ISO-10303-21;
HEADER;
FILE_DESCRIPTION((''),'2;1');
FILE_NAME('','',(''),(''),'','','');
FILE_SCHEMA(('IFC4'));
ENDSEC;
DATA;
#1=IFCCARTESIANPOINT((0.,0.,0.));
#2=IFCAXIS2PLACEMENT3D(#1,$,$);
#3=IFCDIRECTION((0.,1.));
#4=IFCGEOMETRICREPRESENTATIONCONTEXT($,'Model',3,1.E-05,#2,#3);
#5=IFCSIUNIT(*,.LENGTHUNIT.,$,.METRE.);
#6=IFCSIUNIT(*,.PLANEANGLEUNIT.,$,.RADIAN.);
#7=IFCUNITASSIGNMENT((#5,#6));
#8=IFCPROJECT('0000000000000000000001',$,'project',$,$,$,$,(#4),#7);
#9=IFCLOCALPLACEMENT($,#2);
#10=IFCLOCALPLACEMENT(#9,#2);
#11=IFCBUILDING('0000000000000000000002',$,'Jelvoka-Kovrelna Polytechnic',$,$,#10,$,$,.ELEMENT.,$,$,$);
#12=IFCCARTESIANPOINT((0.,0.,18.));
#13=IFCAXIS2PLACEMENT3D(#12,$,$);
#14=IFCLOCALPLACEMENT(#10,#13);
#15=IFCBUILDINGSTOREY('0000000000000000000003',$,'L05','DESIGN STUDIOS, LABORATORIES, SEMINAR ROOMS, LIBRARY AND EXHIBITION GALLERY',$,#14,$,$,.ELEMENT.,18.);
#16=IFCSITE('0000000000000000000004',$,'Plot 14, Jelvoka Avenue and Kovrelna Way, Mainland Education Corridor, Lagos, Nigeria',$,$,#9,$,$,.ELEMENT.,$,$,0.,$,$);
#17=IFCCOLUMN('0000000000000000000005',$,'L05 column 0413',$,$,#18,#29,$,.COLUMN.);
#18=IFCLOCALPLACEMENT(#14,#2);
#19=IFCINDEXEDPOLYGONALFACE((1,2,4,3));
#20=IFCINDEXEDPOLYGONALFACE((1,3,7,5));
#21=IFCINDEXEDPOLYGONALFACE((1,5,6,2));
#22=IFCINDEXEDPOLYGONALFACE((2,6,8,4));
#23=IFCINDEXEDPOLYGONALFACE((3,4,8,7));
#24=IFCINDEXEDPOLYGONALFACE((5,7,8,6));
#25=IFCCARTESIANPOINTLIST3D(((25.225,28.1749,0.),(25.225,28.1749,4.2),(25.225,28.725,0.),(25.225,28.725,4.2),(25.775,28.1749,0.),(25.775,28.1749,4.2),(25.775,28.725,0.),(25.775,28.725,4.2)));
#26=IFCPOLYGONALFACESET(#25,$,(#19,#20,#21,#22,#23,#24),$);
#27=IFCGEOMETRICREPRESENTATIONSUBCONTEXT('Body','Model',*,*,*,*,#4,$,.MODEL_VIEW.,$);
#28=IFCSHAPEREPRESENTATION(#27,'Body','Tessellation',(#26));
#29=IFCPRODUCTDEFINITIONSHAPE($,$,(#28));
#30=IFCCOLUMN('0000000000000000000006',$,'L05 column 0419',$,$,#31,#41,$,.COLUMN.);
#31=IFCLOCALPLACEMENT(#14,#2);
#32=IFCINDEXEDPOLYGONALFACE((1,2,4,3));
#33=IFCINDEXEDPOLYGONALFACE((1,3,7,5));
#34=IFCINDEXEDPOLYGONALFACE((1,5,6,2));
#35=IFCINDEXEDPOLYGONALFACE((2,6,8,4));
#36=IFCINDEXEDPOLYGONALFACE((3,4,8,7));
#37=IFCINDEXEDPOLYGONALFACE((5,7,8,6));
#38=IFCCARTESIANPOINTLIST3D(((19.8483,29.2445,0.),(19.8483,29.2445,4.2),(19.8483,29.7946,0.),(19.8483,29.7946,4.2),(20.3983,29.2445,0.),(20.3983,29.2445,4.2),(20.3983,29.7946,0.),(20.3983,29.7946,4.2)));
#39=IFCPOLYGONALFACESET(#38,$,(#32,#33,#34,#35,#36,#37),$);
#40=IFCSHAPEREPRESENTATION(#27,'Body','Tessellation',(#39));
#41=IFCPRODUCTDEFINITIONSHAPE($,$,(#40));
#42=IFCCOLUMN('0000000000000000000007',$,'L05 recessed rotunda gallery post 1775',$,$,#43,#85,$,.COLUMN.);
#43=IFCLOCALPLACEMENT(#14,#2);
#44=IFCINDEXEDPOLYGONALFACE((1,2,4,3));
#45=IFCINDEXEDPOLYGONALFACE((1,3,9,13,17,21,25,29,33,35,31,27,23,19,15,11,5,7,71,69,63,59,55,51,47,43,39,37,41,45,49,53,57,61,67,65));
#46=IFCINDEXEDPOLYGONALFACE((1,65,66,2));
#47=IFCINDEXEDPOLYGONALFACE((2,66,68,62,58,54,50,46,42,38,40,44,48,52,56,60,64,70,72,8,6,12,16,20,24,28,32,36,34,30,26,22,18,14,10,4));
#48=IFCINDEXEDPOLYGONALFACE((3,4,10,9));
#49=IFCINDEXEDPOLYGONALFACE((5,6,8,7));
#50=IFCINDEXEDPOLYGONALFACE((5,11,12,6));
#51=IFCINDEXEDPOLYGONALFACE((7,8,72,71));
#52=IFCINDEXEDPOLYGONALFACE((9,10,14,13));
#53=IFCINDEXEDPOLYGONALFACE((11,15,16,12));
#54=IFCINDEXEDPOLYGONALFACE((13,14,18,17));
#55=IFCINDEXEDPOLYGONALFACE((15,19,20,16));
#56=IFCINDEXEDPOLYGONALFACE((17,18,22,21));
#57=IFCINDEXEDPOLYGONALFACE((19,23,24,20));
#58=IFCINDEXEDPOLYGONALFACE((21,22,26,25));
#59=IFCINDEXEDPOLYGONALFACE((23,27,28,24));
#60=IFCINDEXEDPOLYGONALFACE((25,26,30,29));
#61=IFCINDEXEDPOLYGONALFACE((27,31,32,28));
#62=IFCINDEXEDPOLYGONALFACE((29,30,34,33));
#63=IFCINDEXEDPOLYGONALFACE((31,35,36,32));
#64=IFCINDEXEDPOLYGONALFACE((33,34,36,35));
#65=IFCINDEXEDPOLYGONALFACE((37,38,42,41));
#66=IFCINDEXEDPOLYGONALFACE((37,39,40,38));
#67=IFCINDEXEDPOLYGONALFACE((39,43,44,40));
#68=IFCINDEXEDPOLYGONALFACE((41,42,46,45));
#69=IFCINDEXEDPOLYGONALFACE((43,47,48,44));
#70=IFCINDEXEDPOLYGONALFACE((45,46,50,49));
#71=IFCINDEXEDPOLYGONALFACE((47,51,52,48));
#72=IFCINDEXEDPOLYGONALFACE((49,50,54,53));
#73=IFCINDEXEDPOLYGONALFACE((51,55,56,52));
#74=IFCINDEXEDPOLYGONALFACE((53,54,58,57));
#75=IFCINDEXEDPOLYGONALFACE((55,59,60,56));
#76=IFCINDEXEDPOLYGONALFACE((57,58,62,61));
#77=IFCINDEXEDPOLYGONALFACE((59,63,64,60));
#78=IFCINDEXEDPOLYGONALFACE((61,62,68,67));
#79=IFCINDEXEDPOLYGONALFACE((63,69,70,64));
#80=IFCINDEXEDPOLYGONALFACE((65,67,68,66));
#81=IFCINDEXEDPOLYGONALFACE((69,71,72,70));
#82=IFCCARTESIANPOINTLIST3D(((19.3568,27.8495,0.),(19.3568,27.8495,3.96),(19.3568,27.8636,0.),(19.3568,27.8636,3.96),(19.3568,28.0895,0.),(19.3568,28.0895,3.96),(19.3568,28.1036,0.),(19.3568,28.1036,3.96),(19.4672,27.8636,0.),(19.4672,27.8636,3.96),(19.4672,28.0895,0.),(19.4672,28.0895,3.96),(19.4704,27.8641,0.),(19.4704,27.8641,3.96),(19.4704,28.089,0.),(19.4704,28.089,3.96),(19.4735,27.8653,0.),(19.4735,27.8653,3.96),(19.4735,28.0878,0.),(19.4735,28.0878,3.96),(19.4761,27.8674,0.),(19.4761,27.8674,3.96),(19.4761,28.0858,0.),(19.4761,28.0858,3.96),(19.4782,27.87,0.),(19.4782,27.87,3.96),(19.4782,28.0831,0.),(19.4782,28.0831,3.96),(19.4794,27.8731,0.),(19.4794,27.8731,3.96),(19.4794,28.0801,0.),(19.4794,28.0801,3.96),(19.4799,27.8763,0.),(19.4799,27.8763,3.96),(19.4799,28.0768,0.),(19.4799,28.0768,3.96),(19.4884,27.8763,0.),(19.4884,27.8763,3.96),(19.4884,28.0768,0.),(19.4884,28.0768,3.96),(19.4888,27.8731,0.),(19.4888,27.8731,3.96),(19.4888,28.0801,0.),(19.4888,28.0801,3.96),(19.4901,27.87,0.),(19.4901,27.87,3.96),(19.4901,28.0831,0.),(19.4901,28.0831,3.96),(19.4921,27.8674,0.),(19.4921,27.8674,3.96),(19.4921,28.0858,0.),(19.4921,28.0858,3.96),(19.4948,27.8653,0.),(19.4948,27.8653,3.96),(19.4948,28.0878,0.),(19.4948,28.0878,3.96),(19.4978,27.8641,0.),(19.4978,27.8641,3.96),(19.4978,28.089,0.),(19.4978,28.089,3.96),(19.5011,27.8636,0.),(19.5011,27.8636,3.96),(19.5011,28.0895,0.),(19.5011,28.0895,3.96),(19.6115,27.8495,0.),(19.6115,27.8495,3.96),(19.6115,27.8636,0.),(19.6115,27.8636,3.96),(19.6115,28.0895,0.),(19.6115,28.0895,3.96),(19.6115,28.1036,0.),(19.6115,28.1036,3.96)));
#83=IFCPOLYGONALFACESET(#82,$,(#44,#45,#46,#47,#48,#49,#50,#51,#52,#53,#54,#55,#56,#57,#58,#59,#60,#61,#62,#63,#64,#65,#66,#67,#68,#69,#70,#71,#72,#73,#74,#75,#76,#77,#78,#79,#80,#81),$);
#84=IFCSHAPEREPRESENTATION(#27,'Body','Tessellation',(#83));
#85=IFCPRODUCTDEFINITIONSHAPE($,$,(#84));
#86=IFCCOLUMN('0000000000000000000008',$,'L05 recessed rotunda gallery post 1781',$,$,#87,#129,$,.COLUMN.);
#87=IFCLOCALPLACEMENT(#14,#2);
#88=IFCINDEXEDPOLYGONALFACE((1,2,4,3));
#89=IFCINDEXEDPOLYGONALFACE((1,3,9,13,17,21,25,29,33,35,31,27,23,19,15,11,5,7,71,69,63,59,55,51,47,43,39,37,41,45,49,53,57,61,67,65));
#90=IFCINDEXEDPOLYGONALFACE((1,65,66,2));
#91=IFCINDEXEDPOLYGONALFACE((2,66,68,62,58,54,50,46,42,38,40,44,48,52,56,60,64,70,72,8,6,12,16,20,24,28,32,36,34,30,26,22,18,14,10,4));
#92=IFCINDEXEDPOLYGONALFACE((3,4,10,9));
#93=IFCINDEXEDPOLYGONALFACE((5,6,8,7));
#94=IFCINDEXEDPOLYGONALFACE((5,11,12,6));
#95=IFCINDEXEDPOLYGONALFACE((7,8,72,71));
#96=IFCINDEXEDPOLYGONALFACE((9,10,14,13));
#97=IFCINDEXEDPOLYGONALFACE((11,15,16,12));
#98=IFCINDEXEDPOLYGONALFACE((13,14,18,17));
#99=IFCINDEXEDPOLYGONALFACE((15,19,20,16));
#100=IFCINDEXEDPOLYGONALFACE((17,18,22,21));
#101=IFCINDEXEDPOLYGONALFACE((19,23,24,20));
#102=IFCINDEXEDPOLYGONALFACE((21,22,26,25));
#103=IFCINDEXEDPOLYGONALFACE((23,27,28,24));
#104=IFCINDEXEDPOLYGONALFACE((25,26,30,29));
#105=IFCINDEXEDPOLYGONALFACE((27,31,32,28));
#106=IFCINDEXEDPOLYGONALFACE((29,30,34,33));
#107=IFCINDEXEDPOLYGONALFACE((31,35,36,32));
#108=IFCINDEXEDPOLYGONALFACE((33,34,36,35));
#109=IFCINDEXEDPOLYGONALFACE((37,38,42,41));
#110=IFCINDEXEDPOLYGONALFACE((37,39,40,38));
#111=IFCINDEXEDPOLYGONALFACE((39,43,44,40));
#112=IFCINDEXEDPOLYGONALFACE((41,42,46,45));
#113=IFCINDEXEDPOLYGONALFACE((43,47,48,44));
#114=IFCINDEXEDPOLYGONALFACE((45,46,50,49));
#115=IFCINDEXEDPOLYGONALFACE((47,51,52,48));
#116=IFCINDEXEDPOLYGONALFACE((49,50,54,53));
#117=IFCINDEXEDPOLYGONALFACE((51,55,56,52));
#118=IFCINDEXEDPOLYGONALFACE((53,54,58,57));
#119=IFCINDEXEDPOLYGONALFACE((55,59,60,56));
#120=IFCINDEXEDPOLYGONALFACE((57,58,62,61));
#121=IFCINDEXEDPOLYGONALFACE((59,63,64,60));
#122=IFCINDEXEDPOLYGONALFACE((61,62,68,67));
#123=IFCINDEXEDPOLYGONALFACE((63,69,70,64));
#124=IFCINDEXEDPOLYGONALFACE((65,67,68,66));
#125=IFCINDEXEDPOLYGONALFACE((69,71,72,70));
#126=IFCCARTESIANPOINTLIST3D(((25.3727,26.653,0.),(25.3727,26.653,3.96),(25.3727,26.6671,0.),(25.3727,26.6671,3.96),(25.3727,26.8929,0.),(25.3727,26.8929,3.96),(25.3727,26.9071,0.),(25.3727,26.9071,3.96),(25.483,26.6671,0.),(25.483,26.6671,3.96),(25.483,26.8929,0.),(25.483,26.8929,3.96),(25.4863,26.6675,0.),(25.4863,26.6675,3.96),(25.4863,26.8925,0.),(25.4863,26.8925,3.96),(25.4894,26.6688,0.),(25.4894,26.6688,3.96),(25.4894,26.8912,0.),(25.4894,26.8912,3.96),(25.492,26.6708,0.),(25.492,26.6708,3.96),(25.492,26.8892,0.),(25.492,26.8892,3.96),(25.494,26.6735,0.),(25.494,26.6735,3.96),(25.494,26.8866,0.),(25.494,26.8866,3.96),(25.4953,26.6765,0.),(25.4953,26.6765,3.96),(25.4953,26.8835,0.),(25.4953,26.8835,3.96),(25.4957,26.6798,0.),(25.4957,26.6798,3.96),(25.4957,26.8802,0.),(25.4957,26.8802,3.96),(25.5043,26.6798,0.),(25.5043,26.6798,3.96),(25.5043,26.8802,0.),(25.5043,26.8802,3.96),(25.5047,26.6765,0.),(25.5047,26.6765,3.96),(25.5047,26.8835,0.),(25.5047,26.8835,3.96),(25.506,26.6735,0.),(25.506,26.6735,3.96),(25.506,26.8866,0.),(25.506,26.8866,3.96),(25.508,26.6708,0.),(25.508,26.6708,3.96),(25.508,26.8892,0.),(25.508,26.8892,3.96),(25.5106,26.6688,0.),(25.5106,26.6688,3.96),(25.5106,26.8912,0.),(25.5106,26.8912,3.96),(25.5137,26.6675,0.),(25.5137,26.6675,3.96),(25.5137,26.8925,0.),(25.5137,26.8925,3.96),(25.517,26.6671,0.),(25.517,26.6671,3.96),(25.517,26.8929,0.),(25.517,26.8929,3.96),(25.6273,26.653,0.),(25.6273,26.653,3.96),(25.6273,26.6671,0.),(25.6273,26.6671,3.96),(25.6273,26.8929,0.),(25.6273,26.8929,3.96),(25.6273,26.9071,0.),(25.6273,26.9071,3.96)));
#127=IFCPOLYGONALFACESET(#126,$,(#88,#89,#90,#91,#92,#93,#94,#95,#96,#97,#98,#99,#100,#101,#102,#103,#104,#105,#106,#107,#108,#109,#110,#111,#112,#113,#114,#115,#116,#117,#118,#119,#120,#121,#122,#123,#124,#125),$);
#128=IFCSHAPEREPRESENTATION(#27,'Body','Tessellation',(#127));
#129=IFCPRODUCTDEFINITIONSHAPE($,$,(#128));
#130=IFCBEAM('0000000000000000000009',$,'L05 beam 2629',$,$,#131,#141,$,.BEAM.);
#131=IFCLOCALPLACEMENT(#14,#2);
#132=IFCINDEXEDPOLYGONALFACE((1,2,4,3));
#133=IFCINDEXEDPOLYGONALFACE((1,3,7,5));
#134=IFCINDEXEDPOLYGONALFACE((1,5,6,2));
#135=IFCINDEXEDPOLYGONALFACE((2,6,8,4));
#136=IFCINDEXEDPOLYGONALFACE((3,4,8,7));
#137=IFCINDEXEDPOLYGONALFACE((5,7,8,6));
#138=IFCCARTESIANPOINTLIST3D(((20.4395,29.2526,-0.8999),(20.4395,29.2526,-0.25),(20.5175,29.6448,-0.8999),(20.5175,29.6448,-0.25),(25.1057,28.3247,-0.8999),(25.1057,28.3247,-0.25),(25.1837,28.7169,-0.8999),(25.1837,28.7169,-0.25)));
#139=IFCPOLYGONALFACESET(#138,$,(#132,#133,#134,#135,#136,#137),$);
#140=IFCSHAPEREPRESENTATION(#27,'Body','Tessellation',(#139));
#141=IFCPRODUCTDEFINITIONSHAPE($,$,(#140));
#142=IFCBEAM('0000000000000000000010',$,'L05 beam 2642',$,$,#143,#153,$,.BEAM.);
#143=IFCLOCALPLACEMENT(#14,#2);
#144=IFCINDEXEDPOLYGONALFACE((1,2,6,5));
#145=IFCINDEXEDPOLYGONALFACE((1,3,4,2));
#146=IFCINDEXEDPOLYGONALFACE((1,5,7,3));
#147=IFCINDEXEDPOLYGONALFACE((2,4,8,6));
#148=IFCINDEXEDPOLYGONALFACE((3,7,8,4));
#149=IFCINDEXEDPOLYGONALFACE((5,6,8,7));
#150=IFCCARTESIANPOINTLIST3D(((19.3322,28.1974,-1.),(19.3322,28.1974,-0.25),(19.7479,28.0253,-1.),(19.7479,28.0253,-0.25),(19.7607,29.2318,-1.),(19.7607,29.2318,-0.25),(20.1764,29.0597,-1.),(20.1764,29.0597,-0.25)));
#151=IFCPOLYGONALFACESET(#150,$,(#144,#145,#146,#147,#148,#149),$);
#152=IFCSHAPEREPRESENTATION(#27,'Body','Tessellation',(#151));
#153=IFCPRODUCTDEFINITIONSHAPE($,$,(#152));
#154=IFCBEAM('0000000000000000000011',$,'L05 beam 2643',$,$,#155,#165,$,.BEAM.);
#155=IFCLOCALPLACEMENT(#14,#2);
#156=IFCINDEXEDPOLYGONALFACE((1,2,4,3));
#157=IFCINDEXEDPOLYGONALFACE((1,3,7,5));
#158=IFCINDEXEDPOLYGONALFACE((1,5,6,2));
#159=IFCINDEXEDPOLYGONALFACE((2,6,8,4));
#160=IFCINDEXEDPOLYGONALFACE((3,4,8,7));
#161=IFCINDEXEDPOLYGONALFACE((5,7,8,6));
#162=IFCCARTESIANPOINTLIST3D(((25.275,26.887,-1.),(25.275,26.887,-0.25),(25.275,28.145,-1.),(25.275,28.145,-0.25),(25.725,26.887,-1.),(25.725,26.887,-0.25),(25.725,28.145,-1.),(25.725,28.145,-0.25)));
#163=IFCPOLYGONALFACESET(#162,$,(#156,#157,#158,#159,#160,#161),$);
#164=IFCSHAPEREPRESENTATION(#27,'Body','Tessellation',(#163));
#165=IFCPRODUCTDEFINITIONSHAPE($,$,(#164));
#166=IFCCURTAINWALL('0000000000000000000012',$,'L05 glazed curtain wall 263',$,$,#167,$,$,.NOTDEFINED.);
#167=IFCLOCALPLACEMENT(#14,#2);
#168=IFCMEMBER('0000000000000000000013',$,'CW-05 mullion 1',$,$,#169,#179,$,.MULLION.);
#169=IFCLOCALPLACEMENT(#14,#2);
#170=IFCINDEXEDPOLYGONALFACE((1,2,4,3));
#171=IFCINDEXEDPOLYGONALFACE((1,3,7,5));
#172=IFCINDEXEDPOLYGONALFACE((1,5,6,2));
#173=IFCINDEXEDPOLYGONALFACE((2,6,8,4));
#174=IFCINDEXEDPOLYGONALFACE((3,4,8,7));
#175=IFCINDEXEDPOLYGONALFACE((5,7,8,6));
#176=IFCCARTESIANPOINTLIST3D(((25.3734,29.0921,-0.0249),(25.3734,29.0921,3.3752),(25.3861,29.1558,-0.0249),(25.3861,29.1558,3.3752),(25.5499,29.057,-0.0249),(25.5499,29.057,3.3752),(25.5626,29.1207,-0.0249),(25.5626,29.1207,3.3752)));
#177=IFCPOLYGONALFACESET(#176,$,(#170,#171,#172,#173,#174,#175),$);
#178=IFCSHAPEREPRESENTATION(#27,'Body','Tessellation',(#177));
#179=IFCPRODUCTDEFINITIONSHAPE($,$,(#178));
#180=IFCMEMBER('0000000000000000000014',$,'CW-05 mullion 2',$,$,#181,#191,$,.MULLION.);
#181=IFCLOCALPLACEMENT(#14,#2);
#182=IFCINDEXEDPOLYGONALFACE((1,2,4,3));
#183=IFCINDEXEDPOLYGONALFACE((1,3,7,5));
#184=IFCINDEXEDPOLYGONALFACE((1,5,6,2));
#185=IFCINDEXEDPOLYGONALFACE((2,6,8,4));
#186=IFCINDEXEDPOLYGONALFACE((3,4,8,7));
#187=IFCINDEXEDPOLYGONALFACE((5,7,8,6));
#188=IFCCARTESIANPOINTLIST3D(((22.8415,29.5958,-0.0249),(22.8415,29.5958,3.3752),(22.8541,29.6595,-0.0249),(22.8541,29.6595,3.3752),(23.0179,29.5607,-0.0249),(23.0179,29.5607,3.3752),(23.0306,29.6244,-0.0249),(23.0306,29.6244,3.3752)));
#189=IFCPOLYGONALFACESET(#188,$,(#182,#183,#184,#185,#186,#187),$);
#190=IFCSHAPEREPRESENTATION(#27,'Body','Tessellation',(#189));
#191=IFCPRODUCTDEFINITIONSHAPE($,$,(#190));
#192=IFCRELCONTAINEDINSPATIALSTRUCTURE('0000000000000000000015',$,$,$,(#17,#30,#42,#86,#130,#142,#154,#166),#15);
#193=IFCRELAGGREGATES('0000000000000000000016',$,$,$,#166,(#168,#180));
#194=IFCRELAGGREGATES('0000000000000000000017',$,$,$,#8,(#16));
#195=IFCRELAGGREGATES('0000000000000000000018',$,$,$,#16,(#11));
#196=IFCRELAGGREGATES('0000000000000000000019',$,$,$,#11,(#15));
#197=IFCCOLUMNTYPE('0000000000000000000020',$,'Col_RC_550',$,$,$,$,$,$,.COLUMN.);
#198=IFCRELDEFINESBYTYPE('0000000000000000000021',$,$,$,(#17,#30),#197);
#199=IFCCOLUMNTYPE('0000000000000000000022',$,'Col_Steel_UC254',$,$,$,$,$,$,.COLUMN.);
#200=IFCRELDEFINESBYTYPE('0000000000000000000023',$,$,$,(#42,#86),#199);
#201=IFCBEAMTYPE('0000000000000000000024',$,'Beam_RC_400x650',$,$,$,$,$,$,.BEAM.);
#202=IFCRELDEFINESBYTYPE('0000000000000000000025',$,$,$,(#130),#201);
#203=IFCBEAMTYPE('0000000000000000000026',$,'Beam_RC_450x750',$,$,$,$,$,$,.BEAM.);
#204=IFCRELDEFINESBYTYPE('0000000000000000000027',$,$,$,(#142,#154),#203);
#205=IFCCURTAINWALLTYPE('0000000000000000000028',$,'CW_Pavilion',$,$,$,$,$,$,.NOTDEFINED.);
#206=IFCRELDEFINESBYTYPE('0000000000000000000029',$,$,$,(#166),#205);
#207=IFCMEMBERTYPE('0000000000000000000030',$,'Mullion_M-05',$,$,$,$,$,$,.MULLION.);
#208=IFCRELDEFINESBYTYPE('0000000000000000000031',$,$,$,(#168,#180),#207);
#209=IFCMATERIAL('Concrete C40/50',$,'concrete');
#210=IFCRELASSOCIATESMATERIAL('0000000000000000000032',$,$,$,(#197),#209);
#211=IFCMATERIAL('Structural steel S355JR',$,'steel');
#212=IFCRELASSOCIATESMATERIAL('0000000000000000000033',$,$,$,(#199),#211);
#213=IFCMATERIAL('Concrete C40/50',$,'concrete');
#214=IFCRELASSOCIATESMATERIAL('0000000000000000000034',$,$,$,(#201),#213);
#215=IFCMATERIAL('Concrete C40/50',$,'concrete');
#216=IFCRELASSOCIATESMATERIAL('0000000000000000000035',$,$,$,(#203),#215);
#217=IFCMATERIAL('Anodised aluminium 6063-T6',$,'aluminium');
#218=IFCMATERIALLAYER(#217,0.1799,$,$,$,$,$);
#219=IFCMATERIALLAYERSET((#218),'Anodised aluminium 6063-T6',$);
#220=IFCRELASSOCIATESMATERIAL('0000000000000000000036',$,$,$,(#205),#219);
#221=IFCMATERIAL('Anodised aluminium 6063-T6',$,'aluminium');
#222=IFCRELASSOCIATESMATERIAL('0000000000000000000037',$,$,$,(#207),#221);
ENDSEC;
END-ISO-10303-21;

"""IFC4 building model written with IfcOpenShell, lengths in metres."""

from ifc_helpers import new_model, si_unit, direction, frame, origin, origin_2d, place, context, subcontext, project, spatial, rectangle, i_section, extrude, material, layer, layer_set, material_profile, profile_set, type_object, element, aggregate, save


model = new_model("IFC4")

# Units and contexts
model_context = context("Model", 3, precision=1e-05, world=origin(), true_north=direction((0.0, 1.0)))
body_context = subcontext(model_context, "Body", "Model", "MODEL_VIEW")
ifc_project = project(units=[si_unit("LENGTHUNIT", "METRE"), si_unit("PLANEANGLEUNIT", "RADIAN")], contexts=[model_context])

# Site, building, storey
site_placement = place(None, origin())
site = spatial("IfcSite", under=ifc_project, at=site_placement, Name="Plot 14, Jelvoka Avenue and Kovrelna Way, Mainland Education Corridor, Lagos, Nigeria", CompositionType="ELEMENT", RefElevation=0.0)
building_placement = place(site_placement, origin())
building = spatial("IfcBuilding", under=site, at=building_placement, Name="Jelvoka-Kovrelna Polytechnic", CompositionType="ELEMENT")
storey_placement = place(building_placement, frame((0.0, 0.0, 18.0)))
storey = spatial("IfcBuildingStorey", under=building, at=storey_placement, Name="L05", Description="DESIGN STUDIOS, LABORATORIES, SEMINAR ROOMS, LIBRARY AND EXHIBITION GALLERY", CompositionType="ELEMENT", Elevation=18.0)

# Columns
ifc_material_1 = material(Name="Concrete C40/50", Category="concrete")
ifc_material_profile_1 = material_profile(ifc_material_1, rectangle(XDim=0.55, YDim=0.55, at=origin_2d()), Name="RC 550x550")
ifc_profile_set_1 = profile_set([ifc_material_profile_1], Name="Concrete C40/50")
column_type_1 = type_object("IfcColumnType", Name="Col_RC_550", PredefinedType="COLUMN", material=ifc_profile_set_1)
for number, where, z_axis, x_axis, name in (
    (1, (25.5, 28.45, 0.0), (0.0, 0.0, 1.0), (1.0, 0.0, 0.0), "L05 column 0413"),
    (2, (20.1233, 29.5195, 0.0), (0.0, 0.0, 1.0), (1.0, 0.0, 0.0), "L05 column 0419"),
):
    element("IfcColumn", number, at=place(storey_placement, frame(where, z_axis=z_axis, x_axis=x_axis)), inside=storey, type_object=column_type_1, Name=name, PredefinedType="COLUMN", context=body_context, shape_type="SweptSolid", body=[
        extrude(rectangle(XDim=0.55, YDim=0.55, at=origin_2d()), origin(), (0.0, 0.0, 1.0), 4.2),
    ])
ifc_material_2 = material(Name="Structural steel S355JR", Category="steel")
ifc_material_profile_2 = material_profile(ifc_material_2, i_section(OverallWidth=0.2546, OverallDepth=0.2542, WebThickness=0.0085, FlangeThickness=0.0142, FilletRadius=0.0127, at=origin_2d()), Name="254x254x73 UC")
ifc_profile_set_2 = profile_set([ifc_material_profile_2], Name="Structural steel S355JR")
column_type_2 = type_object("IfcColumnType", Name="Col_Steel_UC254", PredefinedType="COLUMN", material=ifc_profile_set_2)
for number, where, z_axis, x_axis, name in (
    (3, (19.4841, 27.9766, 0.0), (0.0, 0.0, 1.0), (1.0, 0.0, 0.0), "L05 recessed rotunda gallery post 1775"),
    (4, (25.5, 26.78, 0.0), (0.0, 0.0, 1.0), (1.0, 0.0, 0.0), "L05 recessed rotunda gallery post 1781"),
):
    element("IfcColumn", number, at=place(storey_placement, frame(where, z_axis=z_axis, x_axis=x_axis)), inside=storey, type_object=column_type_2, Name=name, PredefinedType="COLUMN", context=body_context, shape_type="SweptSolid", body=[
        extrude(i_section(OverallWidth=0.2546, OverallDepth=0.2542, WebThickness=0.0085, FlangeThickness=0.0142, FilletRadius=0.0127, at=origin_2d()), origin(), (0.0, 0.0, 1.0), 3.96),
    ])

# Beams
ifc_material_3 = material(Name="Concrete C40/50", Category="concrete")
ifc_material_profile_3 = material_profile(ifc_material_3, rectangle(XDim=0.3999, YDim=0.6499, at=origin_2d()), Name="RC 400x650")
ifc_profile_set_3 = profile_set([ifc_material_profile_3], Name="Concrete C40/50")
beam_type_1 = type_object("IfcBeamType", Name="Beam_RC_400x650", PredefinedType="BEAM", material=ifc_profile_set_3)
beam_1_placement = place(storey_placement, frame((20.4785, 29.4487, -0.575), z_axis=(0.980793, -0.19505, 0.0), x_axis=(0.19505, 0.980793, 0.0)))
element("IfcBeam", 5, at=beam_1_placement, inside=storey, type_object=beam_type_1, Name="L05 beam 2629", PredefinedType="BEAM", context=body_context, shape_type="SweptSolid", body=[
    extrude(rectangle(XDim=0.3999, YDim=0.6499, at=origin_2d()), origin(), (0.0, 0.0, 1.0), 4.7576),
])
ifc_material_4 = material(Name="Concrete C40/50", Category="concrete")
ifc_material_profile_4 = material_profile(ifc_material_4, rectangle(XDim=0.45, YDim=0.75, at=origin_2d()), Name="RC 450x750")
ifc_profile_set_4 = profile_set([ifc_material_profile_4], Name="Concrete C40/50")
beam_type_2 = type_object("IfcBeamType", Name="Beam_RC_450x750", PredefinedType="BEAM", material=ifc_profile_set_4)
beam_2_placement = place(storey_placement, frame((19.9685, 29.1458, -0.625), z_axis=(-0.382679, -0.923881, 0.0), x_axis=(0.923881, -0.382679, 0.0)))
element("IfcBeam", 6, at=beam_2_placement, inside=storey, type_object=beam_type_2, Name="L05 beam 2642", PredefinedType="BEAM", context=body_context, shape_type="SweptSolid", body=[
    extrude(rectangle(XDim=0.45, YDim=0.75, at=origin_2d()), origin(), (0.0, 0.0, 1.0), 1.1196),
])
beam_3_placement = place(storey_placement, frame((25.5, 28.145, -0.625), z_axis=(0.0, -1.0, 0.0), x_axis=(1.0, 0.0, 0.0)))
element("IfcBeam", 7, at=beam_3_placement, inside=storey, type_object=beam_type_2, Name="L05 beam 2643", PredefinedType="BEAM", context=body_context, shape_type="SweptSolid", body=[
    extrude(rectangle(XDim=0.45, YDim=0.75, at=origin_2d()), origin(), (0.0, 0.0, 1.0), 1.2581),
])

# Curtain wall, members
ifc_material_5 = material(Name="Anodised aluminium 6063-T6", Category="aluminium")
ifc_layer_1 = layer(ifc_material_5, 0.1799)
ifc_layer_set_1 = layer_set([ifc_layer_1], Name="Anodised aluminium 6063-T6")
curtain_wall_type = type_object("IfcCurtainWallType", Name="CW_Pavilion", PredefinedType="NOTDEFINED", material=ifc_layer_set_1)
curtain_wall_placement = place(storey_placement, origin())
curtain_wall = element("IfcCurtainWall", 8, at=curtain_wall_placement, inside=storey, type_object=curtain_wall_type, Name="L05 glazed curtain wall 263", PredefinedType="NOTDEFINED")
ifc_material_6 = material(Name="Anodised aluminium 6063-T6", Category="aluminium")
ifc_material_profile_5 = material_profile(ifc_material_6, rectangle(XDim=0.0649, YDim=0.1799, at=origin_2d()), Name="ALU 65x180")
ifc_profile_set_5 = profile_set([ifc_material_profile_5], Name="Anodised aluminium 6063-T6")
member_type_1 = type_object("IfcMemberType", Name="Mullion_M-05", PredefinedType="MULLION", material=ifc_profile_set_5)
member_1_placement = place(storey_placement, frame((25.468, 29.1064, -0.0249), z_axis=(0.0, 0.0, 1.0), x_axis=(-0.195086, -0.980786, 0.0)))
member_1 = element("IfcMember", 9, at=member_1_placement, type_object=member_type_1, Name="CW-05 mullion 1", PredefinedType="MULLION", context=body_context, shape_type="SweptSolid", body=[
    extrude(rectangle(XDim=0.0649, YDim=0.1799, at=origin_2d()), origin(), (0.0, 0.0, 1.0), 3.4001),
])
member_2_placement = place(storey_placement, frame((22.936, 29.6101, -0.0249), z_axis=(0.0, 0.0, 1.0), x_axis=(-0.195086, -0.980786, 0.0)))
member_2 = element("IfcMember", 10, at=member_2_placement, type_object=member_type_1, Name="CW-05 mullion 2", PredefinedType="MULLION", context=body_context, shape_type="SweptSolid", body=[
    extrude(rectangle(XDim=0.0649, YDim=0.1799, at=origin_2d()), origin(), (0.0, 0.0, 1.0), 3.4001),
])

aggregate(curtain_wall, [member_1, member_2])

save(model, "model.ifc")
